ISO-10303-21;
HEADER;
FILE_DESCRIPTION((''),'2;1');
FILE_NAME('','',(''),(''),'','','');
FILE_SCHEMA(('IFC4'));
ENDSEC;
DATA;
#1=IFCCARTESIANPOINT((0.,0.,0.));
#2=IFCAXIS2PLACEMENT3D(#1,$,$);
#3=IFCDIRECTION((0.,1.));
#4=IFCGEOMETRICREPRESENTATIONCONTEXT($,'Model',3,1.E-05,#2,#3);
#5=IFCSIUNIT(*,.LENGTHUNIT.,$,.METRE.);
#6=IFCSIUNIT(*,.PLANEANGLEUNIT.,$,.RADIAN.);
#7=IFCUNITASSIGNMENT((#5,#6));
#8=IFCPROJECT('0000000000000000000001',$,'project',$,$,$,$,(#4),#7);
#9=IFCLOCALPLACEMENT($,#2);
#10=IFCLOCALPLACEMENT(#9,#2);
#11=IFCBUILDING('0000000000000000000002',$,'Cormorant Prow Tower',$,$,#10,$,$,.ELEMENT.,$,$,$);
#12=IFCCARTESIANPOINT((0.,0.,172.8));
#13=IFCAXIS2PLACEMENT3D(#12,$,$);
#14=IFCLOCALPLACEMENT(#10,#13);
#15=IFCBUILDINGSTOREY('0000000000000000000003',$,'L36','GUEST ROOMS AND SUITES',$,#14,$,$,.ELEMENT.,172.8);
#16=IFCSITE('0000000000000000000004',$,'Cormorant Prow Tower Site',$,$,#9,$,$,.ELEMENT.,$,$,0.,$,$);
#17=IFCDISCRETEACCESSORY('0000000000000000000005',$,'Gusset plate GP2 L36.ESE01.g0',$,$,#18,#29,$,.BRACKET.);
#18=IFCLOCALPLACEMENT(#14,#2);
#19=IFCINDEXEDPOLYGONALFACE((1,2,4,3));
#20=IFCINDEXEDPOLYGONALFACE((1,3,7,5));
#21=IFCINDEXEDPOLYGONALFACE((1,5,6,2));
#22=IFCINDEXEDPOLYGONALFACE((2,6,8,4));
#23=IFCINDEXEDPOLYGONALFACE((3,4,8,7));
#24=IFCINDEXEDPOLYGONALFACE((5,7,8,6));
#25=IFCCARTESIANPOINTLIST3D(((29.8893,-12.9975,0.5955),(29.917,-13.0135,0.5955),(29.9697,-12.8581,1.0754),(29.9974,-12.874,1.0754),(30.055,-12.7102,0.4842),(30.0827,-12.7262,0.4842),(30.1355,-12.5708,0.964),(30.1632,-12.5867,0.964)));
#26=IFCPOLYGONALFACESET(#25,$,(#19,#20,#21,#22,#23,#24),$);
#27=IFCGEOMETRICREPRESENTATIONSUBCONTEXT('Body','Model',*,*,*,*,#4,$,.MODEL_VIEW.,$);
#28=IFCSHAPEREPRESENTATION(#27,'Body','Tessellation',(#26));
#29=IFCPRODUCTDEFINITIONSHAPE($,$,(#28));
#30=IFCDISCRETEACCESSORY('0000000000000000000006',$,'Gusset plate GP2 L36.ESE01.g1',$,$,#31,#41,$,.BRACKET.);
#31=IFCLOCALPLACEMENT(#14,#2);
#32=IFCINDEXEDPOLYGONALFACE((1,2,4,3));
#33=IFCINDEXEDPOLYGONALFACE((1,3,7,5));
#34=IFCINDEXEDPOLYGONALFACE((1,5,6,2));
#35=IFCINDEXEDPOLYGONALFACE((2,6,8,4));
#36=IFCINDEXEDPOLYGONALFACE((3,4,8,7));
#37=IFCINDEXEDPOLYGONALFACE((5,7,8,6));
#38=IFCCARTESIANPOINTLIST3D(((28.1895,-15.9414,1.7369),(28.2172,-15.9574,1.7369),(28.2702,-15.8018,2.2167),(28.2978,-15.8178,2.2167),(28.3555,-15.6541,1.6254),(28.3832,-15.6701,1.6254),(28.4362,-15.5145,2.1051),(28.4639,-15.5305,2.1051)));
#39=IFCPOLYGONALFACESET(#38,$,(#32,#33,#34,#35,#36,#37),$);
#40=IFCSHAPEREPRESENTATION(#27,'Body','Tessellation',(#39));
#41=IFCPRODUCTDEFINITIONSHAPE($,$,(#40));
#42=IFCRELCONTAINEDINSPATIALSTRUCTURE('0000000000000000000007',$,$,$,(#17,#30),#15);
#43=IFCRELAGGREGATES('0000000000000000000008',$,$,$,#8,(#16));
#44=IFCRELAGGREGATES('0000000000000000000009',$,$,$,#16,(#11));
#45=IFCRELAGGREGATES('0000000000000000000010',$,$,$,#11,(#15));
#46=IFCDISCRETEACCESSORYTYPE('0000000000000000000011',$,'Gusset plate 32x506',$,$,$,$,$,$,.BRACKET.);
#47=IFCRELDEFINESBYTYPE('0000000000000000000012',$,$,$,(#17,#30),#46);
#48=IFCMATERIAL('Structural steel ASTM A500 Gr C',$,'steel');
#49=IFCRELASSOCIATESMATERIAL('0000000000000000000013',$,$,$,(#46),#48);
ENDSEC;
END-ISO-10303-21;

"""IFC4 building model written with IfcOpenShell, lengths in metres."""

from ifc_helpers import new_model, si_unit, direction, frame, origin, origin_2d, place, context, subcontext, project, spatial, rectangle, extrude, material, material_profile, profile_set, type_object, element, save


model = new_model("IFC4")

# Units and contexts
model_context = context("Model", 3, precision=1e-05, world=origin(), true_north=direction((0.0, 1.0)))
body_context = subcontext(model_context, "Body", "Model", "MODEL_VIEW")
ifc_project = project(units=[si_unit("LENGTHUNIT", "METRE"), si_unit("PLANEANGLEUNIT", "RADIAN")], contexts=[model_context])

# Site, building, storey
site_placement = place(None, origin())
site = spatial("IfcSite", under=ifc_project, at=site_placement, Name="Cormorant Prow Tower Site", CompositionType="ELEMENT", RefElevation=0.0)
building_placement = place(site_placement, origin())
building = spatial("IfcBuilding", under=site, at=building_placement, Name="Cormorant Prow Tower", CompositionType="ELEMENT")
storey_placement = place(building_placement, frame((0.0, 0.0, 172.8)))
storey = spatial("IfcBuildingStorey", under=building, at=storey_placement, Name="L36", Description="GUEST ROOMS AND SUITES", CompositionType="ELEMENT", Elevation=172.8)

# Discrete accessories
ifc_material_1 = material(Name="Structural steel ASTM A500 Gr C", Category="steel")
ifc_material_profile_1 = material_profile(ifc_material_1, rectangle(XDim=0.032, YDim=0.5061, at=origin_2d()), Name="Gusset plate 32x506")
ifc_profile_set_1 = profile_set([ifc_material_profile_1], Name="Structural steel ASTM A500 Gr C")
discrete_accessory_type = type_object("IfcDiscreteAccessoryType", Name="Gusset plate 32x506", PredefinedType="BRACKET", material=ifc_profile_set_1)
discrete_accessory_1_placement = place(storey_placement, frame((29.9434, -12.9358, 0.8354), z_axis=(0.473737, 0.82119, -0.31815), x_axis=(-0.866198, 0.499701, 0.0)))
element("IfcDiscreteAccessory", 1, at=discrete_accessory_1_placement, inside=storey, type_object=discrete_accessory_type, Name="Gusset plate GP2 L36.ESE01.g0", PredefinedType="BRACKET", context=body_context, shape_type="SweptSolid", body=[
    extrude(rectangle(XDim=0.032, YDim=0.5061, at=origin_2d()), origin(), (0.0, 0.0, 1.0), 0.3499),
])
discrete_accessory_2_placement = place(storey_placement, frame((28.4097, -15.5923, 1.8652), z_axis=(-0.474172, -0.820737, 0.318672), x_axis=(0.865879, -0.500253, 0.0)))
element("IfcDiscreteAccessory", 2, at=discrete_accessory_2_placement, inside=storey, type_object=discrete_accessory_type, Name="Gusset plate GP2 L36.ESE01.g1", PredefinedType="BRACKET", context=body_context, shape_type="SweptSolid", body=[
    extrude(rectangle(XDim=0.032, YDim=0.5061, at=origin_2d()), origin(), (0.0, 0.0, 1.0), 0.3501),
])

save(model, "model.ifc")
